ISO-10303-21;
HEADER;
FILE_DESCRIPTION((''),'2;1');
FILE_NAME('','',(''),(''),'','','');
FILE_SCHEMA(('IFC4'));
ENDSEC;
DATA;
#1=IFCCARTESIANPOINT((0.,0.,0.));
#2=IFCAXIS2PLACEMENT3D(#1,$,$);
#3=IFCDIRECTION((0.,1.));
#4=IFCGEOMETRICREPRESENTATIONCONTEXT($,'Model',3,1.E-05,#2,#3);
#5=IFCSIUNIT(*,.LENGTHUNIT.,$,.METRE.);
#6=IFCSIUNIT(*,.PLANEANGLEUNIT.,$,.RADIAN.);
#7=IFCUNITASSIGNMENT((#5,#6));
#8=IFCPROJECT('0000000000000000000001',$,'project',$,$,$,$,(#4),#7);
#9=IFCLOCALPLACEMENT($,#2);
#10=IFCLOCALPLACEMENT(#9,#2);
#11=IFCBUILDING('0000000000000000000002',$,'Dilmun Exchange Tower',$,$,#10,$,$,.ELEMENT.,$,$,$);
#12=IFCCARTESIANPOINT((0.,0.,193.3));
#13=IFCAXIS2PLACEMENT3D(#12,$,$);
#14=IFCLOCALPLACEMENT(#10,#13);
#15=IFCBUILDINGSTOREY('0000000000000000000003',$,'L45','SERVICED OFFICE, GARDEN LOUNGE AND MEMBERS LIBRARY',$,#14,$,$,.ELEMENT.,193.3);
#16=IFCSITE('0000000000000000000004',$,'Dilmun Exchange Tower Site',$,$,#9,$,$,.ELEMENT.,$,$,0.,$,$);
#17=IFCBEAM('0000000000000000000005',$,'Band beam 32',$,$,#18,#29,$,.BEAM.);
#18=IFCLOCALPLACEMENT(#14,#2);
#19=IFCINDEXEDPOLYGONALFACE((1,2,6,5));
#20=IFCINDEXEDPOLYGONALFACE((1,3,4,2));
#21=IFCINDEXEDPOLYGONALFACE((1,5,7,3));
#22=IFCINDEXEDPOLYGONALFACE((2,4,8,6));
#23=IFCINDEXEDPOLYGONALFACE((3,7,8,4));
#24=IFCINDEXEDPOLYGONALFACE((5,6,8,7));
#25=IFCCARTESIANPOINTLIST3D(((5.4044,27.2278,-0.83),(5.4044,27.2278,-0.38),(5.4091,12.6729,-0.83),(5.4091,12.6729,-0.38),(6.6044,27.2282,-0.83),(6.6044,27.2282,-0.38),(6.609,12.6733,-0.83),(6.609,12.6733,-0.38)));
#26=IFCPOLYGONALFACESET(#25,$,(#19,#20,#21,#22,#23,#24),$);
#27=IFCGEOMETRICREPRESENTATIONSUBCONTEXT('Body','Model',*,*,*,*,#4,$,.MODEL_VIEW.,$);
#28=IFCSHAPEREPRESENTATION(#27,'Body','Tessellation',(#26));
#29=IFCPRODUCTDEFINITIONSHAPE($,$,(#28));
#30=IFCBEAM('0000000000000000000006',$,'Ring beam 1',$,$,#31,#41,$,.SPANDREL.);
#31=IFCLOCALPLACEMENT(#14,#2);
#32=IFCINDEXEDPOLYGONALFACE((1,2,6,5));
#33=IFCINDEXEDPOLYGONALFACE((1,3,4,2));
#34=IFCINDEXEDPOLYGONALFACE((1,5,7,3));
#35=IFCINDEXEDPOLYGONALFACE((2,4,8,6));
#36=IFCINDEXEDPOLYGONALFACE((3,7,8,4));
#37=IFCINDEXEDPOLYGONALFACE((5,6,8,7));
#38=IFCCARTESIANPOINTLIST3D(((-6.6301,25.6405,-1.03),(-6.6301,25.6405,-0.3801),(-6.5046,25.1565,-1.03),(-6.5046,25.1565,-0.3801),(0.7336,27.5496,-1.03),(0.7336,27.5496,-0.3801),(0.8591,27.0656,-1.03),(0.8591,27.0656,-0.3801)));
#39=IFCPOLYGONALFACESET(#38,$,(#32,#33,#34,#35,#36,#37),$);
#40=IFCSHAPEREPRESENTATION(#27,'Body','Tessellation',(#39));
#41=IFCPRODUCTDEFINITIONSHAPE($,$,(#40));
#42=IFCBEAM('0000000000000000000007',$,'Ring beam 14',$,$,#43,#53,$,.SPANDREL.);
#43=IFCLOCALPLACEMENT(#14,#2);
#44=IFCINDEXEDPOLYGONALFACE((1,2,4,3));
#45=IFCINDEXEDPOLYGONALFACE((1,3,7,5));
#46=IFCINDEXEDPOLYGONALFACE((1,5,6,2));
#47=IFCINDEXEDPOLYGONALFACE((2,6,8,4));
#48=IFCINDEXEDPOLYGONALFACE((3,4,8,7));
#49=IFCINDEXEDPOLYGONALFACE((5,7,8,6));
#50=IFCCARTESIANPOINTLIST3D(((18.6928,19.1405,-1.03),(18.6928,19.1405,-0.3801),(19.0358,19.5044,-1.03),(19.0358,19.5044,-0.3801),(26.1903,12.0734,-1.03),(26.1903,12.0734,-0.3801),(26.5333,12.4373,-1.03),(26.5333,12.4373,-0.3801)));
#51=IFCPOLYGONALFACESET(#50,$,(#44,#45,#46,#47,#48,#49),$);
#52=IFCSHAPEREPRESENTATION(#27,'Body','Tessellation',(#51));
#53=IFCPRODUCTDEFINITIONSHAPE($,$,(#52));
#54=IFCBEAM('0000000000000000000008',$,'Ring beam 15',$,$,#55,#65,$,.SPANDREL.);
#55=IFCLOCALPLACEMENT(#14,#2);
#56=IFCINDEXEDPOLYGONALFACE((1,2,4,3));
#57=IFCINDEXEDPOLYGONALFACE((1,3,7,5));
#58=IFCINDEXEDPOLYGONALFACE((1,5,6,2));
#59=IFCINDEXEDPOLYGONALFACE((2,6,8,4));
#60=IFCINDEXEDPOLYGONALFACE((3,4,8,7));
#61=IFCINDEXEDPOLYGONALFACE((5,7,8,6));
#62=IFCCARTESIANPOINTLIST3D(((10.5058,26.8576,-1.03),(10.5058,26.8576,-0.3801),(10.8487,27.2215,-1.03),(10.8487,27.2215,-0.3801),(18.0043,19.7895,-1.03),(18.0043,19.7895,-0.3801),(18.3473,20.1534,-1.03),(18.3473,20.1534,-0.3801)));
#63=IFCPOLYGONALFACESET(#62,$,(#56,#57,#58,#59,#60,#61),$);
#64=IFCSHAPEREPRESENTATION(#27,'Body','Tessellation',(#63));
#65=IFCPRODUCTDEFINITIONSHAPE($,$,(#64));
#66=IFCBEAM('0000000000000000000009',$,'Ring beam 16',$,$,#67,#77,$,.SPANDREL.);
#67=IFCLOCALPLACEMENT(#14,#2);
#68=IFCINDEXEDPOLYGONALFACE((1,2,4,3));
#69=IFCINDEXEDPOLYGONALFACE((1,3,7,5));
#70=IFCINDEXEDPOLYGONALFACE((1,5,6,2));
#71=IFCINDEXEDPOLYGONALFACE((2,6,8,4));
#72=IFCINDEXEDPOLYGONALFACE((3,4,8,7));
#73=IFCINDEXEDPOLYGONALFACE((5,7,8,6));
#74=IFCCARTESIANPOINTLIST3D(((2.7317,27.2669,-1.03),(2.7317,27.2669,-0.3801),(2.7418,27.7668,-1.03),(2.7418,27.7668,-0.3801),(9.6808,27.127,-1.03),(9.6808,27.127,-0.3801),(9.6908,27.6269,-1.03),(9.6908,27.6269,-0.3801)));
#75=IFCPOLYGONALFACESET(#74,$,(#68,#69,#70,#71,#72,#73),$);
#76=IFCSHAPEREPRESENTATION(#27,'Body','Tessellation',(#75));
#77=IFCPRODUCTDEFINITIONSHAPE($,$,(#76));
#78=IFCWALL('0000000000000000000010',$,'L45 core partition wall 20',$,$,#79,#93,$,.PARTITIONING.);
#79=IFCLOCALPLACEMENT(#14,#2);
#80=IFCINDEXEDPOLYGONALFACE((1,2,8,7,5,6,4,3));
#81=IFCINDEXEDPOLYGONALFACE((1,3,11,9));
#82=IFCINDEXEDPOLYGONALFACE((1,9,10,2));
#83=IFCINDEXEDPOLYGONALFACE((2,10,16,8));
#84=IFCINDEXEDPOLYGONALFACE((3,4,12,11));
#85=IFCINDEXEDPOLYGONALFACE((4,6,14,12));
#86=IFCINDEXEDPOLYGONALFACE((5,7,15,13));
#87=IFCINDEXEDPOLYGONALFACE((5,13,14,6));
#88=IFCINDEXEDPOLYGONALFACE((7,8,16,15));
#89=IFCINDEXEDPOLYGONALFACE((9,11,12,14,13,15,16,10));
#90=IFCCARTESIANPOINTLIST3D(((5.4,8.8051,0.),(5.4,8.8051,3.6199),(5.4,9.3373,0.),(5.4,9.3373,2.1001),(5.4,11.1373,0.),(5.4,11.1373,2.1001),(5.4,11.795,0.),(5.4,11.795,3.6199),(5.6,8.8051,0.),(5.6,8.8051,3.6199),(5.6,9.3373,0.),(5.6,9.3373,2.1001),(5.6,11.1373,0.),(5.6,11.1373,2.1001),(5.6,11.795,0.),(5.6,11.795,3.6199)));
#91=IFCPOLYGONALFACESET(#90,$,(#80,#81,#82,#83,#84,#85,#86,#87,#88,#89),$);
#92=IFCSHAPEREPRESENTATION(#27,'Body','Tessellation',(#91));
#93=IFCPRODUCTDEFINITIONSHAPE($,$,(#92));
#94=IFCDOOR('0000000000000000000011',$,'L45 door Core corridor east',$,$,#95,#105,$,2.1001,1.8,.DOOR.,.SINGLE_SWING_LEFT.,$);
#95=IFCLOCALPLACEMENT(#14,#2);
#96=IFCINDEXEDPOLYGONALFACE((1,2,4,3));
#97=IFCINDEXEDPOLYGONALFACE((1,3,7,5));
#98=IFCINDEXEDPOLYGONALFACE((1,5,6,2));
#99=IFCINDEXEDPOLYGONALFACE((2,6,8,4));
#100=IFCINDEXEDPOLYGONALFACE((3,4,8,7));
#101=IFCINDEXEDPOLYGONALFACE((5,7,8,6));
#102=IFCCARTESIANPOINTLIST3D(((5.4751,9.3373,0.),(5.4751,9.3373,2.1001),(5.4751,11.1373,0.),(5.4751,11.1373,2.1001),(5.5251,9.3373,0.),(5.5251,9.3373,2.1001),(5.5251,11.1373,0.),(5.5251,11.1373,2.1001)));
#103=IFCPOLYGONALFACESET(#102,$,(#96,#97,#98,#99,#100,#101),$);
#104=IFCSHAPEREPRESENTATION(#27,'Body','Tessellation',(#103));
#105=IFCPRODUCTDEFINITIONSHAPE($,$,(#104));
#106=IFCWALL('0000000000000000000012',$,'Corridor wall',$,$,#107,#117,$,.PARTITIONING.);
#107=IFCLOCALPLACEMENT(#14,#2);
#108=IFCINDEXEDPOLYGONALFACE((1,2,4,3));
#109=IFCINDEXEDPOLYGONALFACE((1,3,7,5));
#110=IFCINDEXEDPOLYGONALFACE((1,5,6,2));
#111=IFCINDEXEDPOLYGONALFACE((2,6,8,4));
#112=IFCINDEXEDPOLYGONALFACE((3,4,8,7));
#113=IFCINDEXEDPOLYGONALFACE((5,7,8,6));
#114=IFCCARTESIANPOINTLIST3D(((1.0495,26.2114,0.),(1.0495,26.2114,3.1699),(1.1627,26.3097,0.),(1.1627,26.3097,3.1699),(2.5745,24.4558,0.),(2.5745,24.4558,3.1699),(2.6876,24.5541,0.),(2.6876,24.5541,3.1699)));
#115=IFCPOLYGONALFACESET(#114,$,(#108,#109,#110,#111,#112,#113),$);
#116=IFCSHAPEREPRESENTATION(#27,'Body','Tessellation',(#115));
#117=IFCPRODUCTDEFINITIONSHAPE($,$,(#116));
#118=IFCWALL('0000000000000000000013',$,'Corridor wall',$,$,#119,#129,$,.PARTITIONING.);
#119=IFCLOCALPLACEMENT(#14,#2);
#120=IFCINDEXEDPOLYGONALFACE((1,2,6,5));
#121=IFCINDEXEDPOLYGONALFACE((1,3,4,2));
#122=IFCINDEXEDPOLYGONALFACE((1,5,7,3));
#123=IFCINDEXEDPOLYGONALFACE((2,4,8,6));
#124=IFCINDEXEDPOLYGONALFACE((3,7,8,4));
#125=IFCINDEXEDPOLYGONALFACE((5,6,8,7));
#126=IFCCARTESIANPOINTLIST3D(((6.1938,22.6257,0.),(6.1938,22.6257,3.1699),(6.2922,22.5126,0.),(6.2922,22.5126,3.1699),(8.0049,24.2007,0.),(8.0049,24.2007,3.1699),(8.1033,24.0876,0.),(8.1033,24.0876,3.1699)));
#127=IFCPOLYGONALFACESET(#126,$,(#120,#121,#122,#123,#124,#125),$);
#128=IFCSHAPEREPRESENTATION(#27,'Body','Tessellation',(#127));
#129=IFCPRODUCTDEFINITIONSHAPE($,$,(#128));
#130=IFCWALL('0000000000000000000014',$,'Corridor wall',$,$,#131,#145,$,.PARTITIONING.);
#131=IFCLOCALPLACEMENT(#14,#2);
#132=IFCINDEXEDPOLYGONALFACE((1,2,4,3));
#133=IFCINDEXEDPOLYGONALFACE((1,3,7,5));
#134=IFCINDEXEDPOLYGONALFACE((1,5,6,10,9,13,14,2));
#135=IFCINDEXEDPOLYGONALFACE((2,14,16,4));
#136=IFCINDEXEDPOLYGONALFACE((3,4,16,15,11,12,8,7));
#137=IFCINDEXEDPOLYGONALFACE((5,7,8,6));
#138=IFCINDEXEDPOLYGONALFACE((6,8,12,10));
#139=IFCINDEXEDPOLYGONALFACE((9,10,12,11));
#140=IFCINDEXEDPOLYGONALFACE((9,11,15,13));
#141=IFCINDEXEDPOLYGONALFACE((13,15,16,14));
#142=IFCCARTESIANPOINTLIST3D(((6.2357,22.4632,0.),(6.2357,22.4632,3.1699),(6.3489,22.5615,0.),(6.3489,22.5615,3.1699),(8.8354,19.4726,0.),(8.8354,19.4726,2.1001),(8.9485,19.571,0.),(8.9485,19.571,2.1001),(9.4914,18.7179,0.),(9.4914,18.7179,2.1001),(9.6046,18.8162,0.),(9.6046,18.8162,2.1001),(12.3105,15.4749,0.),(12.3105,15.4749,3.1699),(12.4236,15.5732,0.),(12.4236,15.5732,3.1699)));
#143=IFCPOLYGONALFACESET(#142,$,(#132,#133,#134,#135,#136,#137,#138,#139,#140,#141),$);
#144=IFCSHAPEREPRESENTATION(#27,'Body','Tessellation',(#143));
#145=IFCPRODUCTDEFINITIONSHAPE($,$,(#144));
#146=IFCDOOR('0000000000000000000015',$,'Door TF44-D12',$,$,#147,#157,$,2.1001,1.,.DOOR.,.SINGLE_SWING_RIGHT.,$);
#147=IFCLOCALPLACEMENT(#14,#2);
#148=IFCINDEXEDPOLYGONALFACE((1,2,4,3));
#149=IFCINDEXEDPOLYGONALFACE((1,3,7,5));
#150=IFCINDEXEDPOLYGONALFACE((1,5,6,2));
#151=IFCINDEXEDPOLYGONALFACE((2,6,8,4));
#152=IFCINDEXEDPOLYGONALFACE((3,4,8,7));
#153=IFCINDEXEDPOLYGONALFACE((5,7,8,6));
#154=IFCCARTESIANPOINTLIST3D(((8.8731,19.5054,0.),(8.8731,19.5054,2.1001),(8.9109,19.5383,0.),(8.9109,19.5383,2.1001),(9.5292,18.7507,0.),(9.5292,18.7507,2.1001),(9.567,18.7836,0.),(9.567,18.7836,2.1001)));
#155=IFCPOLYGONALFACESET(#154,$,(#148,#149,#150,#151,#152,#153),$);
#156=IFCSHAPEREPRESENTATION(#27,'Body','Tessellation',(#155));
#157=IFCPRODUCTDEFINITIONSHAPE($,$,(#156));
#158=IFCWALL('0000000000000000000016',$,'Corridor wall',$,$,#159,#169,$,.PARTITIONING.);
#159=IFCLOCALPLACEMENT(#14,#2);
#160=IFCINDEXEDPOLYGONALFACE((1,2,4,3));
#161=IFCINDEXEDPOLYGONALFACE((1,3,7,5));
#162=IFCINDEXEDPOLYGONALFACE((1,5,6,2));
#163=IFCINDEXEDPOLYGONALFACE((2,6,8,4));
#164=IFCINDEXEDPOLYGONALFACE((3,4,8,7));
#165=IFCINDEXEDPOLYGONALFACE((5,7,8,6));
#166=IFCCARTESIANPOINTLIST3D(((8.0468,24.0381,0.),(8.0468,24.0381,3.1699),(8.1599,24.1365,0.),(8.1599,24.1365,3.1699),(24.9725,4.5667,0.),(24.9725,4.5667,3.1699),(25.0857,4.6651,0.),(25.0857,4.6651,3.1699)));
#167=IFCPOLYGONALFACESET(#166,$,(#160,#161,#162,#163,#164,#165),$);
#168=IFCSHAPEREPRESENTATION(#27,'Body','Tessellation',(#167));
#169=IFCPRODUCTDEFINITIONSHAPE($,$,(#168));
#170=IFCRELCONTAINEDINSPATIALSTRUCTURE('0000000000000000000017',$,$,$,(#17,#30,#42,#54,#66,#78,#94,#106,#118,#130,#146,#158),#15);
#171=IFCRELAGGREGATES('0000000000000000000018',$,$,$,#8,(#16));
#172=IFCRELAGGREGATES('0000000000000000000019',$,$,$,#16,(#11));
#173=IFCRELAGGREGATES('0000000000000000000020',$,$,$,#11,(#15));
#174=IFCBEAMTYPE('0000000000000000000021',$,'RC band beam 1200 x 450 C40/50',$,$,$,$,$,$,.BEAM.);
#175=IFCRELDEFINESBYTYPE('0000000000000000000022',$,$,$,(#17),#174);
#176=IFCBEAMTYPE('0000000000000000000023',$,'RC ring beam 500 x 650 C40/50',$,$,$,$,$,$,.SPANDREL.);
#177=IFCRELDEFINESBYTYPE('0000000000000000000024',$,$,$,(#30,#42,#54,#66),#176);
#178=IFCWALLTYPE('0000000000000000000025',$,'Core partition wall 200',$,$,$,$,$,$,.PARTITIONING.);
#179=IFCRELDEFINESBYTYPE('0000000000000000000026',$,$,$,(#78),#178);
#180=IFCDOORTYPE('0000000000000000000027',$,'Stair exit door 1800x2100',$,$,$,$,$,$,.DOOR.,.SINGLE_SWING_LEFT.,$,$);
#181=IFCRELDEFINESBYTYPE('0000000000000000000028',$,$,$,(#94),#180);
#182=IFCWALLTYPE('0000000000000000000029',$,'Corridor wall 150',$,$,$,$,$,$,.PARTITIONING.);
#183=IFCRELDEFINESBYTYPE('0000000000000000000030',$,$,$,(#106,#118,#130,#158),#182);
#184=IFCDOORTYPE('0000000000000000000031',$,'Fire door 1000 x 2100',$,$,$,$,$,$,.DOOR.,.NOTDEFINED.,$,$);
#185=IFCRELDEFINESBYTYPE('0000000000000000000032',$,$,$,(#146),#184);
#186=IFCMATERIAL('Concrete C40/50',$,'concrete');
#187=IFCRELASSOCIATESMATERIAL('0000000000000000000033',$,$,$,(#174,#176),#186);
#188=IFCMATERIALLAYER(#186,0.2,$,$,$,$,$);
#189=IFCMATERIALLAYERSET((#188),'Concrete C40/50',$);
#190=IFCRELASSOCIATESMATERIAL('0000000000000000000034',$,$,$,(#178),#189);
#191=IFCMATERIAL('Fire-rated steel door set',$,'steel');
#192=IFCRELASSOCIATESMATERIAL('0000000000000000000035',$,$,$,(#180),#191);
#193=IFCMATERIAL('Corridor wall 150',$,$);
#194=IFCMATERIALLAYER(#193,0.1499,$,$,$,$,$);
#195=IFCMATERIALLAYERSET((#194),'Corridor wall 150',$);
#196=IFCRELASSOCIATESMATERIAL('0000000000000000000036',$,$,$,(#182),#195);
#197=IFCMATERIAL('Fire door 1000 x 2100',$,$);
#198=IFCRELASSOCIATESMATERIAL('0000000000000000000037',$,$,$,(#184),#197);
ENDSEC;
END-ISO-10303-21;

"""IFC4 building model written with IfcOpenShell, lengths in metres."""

from ifc_helpers import new_model, si_unit, direction, frame, frame_2d, origin, origin_2d, place, context, subcontext, project, spatial, rectangle, extrude, material, layer, layer_set, material_profile, profile_set, type_object, element, fill, save


model = new_model("IFC4")

# Units and contexts
model_context = context("Model", 3, precision=1e-05, world=origin(), true_north=direction((0.0, 1.0)))
body_context = subcontext(model_context, "Body", "Model", "MODEL_VIEW")
ifc_project = project(units=[si_unit("LENGTHUNIT", "METRE"), si_unit("PLANEANGLEUNIT", "RADIAN")], contexts=[model_context])

# Site, building, storey
site_placement = place(None, origin())
site = spatial("IfcSite", under=ifc_project, at=site_placement, Name="Dilmun Exchange Tower Site", CompositionType="ELEMENT", RefElevation=0.0)
building_placement = place(site_placement, origin())
building = spatial("IfcBuilding", under=site, at=building_placement, Name="Dilmun Exchange Tower", CompositionType="ELEMENT")
storey_placement = place(building_placement, frame((0.0, 0.0, 193.3)))
storey = spatial("IfcBuildingStorey", under=building, at=storey_placement, Name="L45", Description="SERVICED OFFICE, GARDEN LOUNGE AND MEMBERS LIBRARY", CompositionType="ELEMENT", Elevation=193.3)

# Beams
ifc_material_1 = material(Name="Concrete C40/50", Category="concrete")
ifc_material_profile_1 = material_profile(ifc_material_1, rectangle(XDim=1.2, YDim=0.45, at=origin_2d()), Name="1200 x 450")
ifc_profile_set_1 = profile_set([ifc_material_profile_1], Name="Concrete C40/50")
beam_type_1 = type_object("IfcBeamType", Name="RC band beam 1200 x 450 C40/50", PredefinedType="BEAM", material=ifc_profile_set_1)
beam_1_placement = place(storey_placement, frame((6.0044, 27.228, -0.605), z_axis=(0.000319, -1.0, 0.0), x_axis=(1.0, 0.000319, 0.0)))
element("IfcBeam", 1, at=beam_1_placement, inside=storey, type_object=beam_type_1, Name="Band beam 32", PredefinedType="BEAM", context=body_context, shape_type="SweptSolid", body=[
    extrude(rectangle(XDim=1.2, YDim=0.45, at=origin_2d()), origin(), (0.0, 0.0, 1.0), 14.5549),
])
ifc_material_profile_2 = material_profile(ifc_material_1, rectangle(XDim=0.5, YDim=0.6499, at=origin_2d()), Name="500 x 650")
ifc_profile_set_2 = profile_set([ifc_material_profile_2], Name="Concrete C40/50")
beam_type_2 = type_object("IfcBeamType", Name="RC ring beam 500 x 650 C40/50", PredefinedType="SPANDREL", material=ifc_profile_set_2)
beam_2_placement = place(storey_placement, frame((0.7964, 27.3076, -0.7051), z_axis=(-0.967995, -0.250969, 0.0), x_axis=(0.250969, -0.967995, 0.0)))
element("IfcBeam", 2, at=beam_2_placement, inside=storey, type_object=beam_type_2, Name="Ring beam 1", PredefinedType="SPANDREL", context=body_context, shape_type="SweptSolid", body=[
    extrude(rectangle(XDim=0.5, YDim=0.6499, at=origin_2d()), origin(), (0.0, 0.0, 1.0), 7.6072),
])
beam_3_placement = place(storey_placement, frame((26.3618, 12.2554, -0.7051), z_axis=(-0.727686, 0.685911, 0.0), x_axis=(-0.685911, -0.727686, 0.0)))
element("IfcBeam", 3, at=beam_3_placement, inside=storey, type_object=beam_type_2, Name="Ring beam 14", PredefinedType="SPANDREL", context=body_context, shape_type="SweptSolid", body=[
    extrude(rectangle(XDim=0.5, YDim=0.6499, at=origin_2d()), origin(), (0.0, 0.0, 1.0), 10.3032),
])
beam_4_placement = place(storey_placement, frame((18.1758, 19.9714, -0.7051), z_axis=(-0.727683, 0.685914, 0.0), x_axis=(-0.685914, -0.727683, 0.0)))
element("IfcBeam", 4, at=beam_4_placement, inside=storey, type_object=beam_type_2, Name="Ring beam 15", PredefinedType="SPANDREL", context=body_context, shape_type="SweptSolid", body=[
    extrude(rectangle(XDim=0.5, YDim=0.6499, at=origin_2d()), origin(), (0.0, 0.0, 1.0), 10.3047),
])
beam_5_placement = place(storey_placement, frame((9.6858, 27.377, -0.7051), z_axis=(-0.999797, 0.020127, 0.0), x_axis=(-0.020127, -0.999797, 0.0)))
element("IfcBeam", 5, at=beam_5_placement, inside=storey, type_object=beam_type_2, Name="Ring beam 16", PredefinedType="SPANDREL", context=body_context, shape_type="SweptSolid", body=[
    extrude(rectangle(XDim=0.5, YDim=0.6499, at=origin_2d()), origin(), (0.0, 0.0, 1.0), 6.9504),
])

# Wall, opening, door
ifc_layer_1 = layer(ifc_material_1, 0.2)
ifc_layer_set_1 = layer_set([ifc_layer_1], Name="Concrete C40/50")
wall_type_1 = type_object("IfcWallType", Name="Core partition wall 200", PredefinedType="PARTITIONING", material=ifc_layer_set_1)
wall_1_placement = place(storey_placement, frame((5.5, 8.8049, 0.0), z_axis=(0.0, 0.0, 1.0), x_axis=(0.0, 1.0, 0.0)))
wall_1 = element("IfcWall", 6, at=wall_1_placement, inside=storey, type_object=wall_type_1, Name="L45 core partition wall 20", PredefinedType="PARTITIONING", context=body_context, shape_type="SweptSolid", body=[
    extrude(rectangle(XDim=2.99, YDim=0.2, at=frame_2d((1.4951, 0.0))), origin(), (0.0, 0.0, 1.0), 3.6199),
])
opening_1_placement = place(wall_1_placement, frame((0.5325, 0.0, 0.0)))
opening_1 = element("IfcOpeningElement", 7, at=opening_1_placement, cuts=wall_1, PredefinedType="OPENING", context=body_context, shape_type="SweptSolid", body=[
    extrude(rectangle(XDim=1.8, YDim=2.1001, at=frame_2d((0.8999, 1.05))), frame((0.0, 0.1099, 0.0), z_axis=(0.0, -1.0, 0.0), x_axis=(1.0, 0.0, 0.0)), (0.0, 0.0, 1.0), 0.22),
])
ifc_material_2 = material(Name="Fire-rated steel door set", Category="steel")
door_type_1 = type_object("IfcDoorType", Name="Stair exit door 1800x2100", OperationType="SINGLE_SWING_LEFT", PredefinedType="DOOR", material=ifc_material_2)
door_1_placement = place(opening_1_placement, origin())
door_1 = element("IfcDoor", 8, at=door_1_placement, inside=storey, type_object=door_type_1, Name="L45 door Core corridor east", OperationType="SINGLE_SWING_LEFT", OverallHeight=2.1001, OverallWidth=1.8, PredefinedType="DOOR", context=body_context, shape_type="SweptSolid", body=[
    extrude(rectangle(XDim=1.8, YDim=2.1001, at=frame_2d((0.8999, 1.05))), frame((0.0, 0.0249, 0.0), z_axis=(0.0, -1.0, 0.0), x_axis=(1.0, 0.0, 0.0)), (0.0, 0.0, 1.0), 0.05),
])
fill(opening_1, door_1)

# Walls
ifc_material_3 = material(Name="Corridor wall 150")
ifc_layer_2 = layer(ifc_material_3, 0.1499)
ifc_layer_set_2 = layer_set([ifc_layer_2], Name="Corridor wall 150")
wall_type_2 = type_object("IfcWallType", Name="Corridor wall 150", PredefinedType="PARTITIONING", material=ifc_layer_set_2)
wall_2_placement = place(storey_placement, frame((1.1062, 26.2605, 0.0), z_axis=(0.0, 0.0, 1.0), x_axis=(0.655758, -0.754972, 0.0)))
element("IfcWall", 9, at=wall_2_placement, inside=storey, type_object=wall_type_2, Name="Corridor wall", PredefinedType="PARTITIONING", context=body_context, shape_type="SweptSolid", body=[
    extrude(rectangle(XDim=2.3254, YDim=0.1499, at=frame_2d((1.1626, 0.0))), origin(), (0.0, 0.0, 1.0), 3.1699),
])
wall_3_placement = place(storey_placement, frame((6.2429, 22.5691, 0.0), z_axis=(0.0, 0.0, 1.0), x_axis=(0.754577, 0.656211, 0.0)))
element("IfcWall", 10, at=wall_3_placement, inside=storey, type_object=wall_type_2, Name="Corridor wall", PredefinedType="PARTITIONING", context=body_context, shape_type="SweptSolid", body=[
    extrude(rectangle(XDim=2.4001, YDim=0.1499, at=frame_2d((1.2002, 0.0))), origin(), (0.0, 0.0, 1.0), 3.1699),
])

# Wall, opening, door
wall_4_placement = place(storey_placement, frame((6.2922, 22.5125, 0.0), z_axis=(0.0, 0.0, 1.0), x_axis=(0.656052, -0.754716, 0.0)))
wall_4 = element("IfcWall", 11, at=wall_4_placement, inside=storey, type_object=wall_type_2, Name="Corridor wall", PredefinedType="PARTITIONING", context=body_context, shape_type="SweptSolid", body=[
    extrude(rectangle(XDim=9.2595, YDim=0.1499, at=frame_2d((4.6299, 0.0))), origin(), (0.0, 0.0, 1.0), 3.1699),
])
opening_2_placement = place(wall_4_placement, frame((3.9626, 0.0, 0.0)))
opening_2 = element("IfcOpeningElement", 12, at=opening_2_placement, cuts=wall_4, PredefinedType="OPENING", context=body_context, shape_type="SweptSolid", body=[
    extrude(rectangle(XDim=1.0, YDim=2.1001, at=frame_2d((0.5, 1.05))), frame((0.0, 0.085, 0.0), z_axis=(0.0, -1.0, 0.0), x_axis=(1.0, 0.0, 0.0)), (0.0, 0.0, 1.0), 0.1699),
])
ifc_material_4 = material(Name="Fire door 1000 x 2100")
door_type_2 = type_object("IfcDoorType", Name="Fire door 1000 x 2100", OperationType="NOTDEFINED", PredefinedType="DOOR", material=ifc_material_4)
door_2_placement = place(opening_2_placement, frame((1.0, 0.0, 0.0), z_axis=(0.0, 0.0, 1.0), x_axis=(-1.0, 0.0, 0.0)))
door_2 = element("IfcDoor", 13, at=door_2_placement, inside=storey, type_object=door_type_2, Name="Door TF44-D12", OperationType="SINGLE_SWING_RIGHT", OverallHeight=2.1001, OverallWidth=1.0, PredefinedType="DOOR", context=body_context, shape_type="SweptSolid", body=[
    extrude(rectangle(XDim=1.0, YDim=2.1001, at=frame_2d((0.5, 1.05))), frame((0.0, 0.0249, 0.0), z_axis=(0.0, -1.0, 0.0), x_axis=(1.0, 0.0, 0.0)), (0.0, 0.0, 1.0), 0.05),
])
fill(opening_2, door_2)

# Wall
wall_5_placement = place(storey_placement, frame((8.1033, 24.0874, 0.0), z_axis=(0.0, 0.0, 1.0), x_axis=(0.656048, -0.754719, 0.0)))
element("IfcWall", 14, at=wall_5_placement, inside=storey, type_object=wall_type_2, Name="Corridor wall", PredefinedType="PARTITIONING", context=body_context, shape_type="SweptSolid", body=[
    extrude(rectangle(XDim=25.7996, YDim=0.1499, at=frame_2d((12.8999, 0.0))), origin(), (0.0, 0.0, 1.0), 3.1699),
])

save(model, "model.ifc")
